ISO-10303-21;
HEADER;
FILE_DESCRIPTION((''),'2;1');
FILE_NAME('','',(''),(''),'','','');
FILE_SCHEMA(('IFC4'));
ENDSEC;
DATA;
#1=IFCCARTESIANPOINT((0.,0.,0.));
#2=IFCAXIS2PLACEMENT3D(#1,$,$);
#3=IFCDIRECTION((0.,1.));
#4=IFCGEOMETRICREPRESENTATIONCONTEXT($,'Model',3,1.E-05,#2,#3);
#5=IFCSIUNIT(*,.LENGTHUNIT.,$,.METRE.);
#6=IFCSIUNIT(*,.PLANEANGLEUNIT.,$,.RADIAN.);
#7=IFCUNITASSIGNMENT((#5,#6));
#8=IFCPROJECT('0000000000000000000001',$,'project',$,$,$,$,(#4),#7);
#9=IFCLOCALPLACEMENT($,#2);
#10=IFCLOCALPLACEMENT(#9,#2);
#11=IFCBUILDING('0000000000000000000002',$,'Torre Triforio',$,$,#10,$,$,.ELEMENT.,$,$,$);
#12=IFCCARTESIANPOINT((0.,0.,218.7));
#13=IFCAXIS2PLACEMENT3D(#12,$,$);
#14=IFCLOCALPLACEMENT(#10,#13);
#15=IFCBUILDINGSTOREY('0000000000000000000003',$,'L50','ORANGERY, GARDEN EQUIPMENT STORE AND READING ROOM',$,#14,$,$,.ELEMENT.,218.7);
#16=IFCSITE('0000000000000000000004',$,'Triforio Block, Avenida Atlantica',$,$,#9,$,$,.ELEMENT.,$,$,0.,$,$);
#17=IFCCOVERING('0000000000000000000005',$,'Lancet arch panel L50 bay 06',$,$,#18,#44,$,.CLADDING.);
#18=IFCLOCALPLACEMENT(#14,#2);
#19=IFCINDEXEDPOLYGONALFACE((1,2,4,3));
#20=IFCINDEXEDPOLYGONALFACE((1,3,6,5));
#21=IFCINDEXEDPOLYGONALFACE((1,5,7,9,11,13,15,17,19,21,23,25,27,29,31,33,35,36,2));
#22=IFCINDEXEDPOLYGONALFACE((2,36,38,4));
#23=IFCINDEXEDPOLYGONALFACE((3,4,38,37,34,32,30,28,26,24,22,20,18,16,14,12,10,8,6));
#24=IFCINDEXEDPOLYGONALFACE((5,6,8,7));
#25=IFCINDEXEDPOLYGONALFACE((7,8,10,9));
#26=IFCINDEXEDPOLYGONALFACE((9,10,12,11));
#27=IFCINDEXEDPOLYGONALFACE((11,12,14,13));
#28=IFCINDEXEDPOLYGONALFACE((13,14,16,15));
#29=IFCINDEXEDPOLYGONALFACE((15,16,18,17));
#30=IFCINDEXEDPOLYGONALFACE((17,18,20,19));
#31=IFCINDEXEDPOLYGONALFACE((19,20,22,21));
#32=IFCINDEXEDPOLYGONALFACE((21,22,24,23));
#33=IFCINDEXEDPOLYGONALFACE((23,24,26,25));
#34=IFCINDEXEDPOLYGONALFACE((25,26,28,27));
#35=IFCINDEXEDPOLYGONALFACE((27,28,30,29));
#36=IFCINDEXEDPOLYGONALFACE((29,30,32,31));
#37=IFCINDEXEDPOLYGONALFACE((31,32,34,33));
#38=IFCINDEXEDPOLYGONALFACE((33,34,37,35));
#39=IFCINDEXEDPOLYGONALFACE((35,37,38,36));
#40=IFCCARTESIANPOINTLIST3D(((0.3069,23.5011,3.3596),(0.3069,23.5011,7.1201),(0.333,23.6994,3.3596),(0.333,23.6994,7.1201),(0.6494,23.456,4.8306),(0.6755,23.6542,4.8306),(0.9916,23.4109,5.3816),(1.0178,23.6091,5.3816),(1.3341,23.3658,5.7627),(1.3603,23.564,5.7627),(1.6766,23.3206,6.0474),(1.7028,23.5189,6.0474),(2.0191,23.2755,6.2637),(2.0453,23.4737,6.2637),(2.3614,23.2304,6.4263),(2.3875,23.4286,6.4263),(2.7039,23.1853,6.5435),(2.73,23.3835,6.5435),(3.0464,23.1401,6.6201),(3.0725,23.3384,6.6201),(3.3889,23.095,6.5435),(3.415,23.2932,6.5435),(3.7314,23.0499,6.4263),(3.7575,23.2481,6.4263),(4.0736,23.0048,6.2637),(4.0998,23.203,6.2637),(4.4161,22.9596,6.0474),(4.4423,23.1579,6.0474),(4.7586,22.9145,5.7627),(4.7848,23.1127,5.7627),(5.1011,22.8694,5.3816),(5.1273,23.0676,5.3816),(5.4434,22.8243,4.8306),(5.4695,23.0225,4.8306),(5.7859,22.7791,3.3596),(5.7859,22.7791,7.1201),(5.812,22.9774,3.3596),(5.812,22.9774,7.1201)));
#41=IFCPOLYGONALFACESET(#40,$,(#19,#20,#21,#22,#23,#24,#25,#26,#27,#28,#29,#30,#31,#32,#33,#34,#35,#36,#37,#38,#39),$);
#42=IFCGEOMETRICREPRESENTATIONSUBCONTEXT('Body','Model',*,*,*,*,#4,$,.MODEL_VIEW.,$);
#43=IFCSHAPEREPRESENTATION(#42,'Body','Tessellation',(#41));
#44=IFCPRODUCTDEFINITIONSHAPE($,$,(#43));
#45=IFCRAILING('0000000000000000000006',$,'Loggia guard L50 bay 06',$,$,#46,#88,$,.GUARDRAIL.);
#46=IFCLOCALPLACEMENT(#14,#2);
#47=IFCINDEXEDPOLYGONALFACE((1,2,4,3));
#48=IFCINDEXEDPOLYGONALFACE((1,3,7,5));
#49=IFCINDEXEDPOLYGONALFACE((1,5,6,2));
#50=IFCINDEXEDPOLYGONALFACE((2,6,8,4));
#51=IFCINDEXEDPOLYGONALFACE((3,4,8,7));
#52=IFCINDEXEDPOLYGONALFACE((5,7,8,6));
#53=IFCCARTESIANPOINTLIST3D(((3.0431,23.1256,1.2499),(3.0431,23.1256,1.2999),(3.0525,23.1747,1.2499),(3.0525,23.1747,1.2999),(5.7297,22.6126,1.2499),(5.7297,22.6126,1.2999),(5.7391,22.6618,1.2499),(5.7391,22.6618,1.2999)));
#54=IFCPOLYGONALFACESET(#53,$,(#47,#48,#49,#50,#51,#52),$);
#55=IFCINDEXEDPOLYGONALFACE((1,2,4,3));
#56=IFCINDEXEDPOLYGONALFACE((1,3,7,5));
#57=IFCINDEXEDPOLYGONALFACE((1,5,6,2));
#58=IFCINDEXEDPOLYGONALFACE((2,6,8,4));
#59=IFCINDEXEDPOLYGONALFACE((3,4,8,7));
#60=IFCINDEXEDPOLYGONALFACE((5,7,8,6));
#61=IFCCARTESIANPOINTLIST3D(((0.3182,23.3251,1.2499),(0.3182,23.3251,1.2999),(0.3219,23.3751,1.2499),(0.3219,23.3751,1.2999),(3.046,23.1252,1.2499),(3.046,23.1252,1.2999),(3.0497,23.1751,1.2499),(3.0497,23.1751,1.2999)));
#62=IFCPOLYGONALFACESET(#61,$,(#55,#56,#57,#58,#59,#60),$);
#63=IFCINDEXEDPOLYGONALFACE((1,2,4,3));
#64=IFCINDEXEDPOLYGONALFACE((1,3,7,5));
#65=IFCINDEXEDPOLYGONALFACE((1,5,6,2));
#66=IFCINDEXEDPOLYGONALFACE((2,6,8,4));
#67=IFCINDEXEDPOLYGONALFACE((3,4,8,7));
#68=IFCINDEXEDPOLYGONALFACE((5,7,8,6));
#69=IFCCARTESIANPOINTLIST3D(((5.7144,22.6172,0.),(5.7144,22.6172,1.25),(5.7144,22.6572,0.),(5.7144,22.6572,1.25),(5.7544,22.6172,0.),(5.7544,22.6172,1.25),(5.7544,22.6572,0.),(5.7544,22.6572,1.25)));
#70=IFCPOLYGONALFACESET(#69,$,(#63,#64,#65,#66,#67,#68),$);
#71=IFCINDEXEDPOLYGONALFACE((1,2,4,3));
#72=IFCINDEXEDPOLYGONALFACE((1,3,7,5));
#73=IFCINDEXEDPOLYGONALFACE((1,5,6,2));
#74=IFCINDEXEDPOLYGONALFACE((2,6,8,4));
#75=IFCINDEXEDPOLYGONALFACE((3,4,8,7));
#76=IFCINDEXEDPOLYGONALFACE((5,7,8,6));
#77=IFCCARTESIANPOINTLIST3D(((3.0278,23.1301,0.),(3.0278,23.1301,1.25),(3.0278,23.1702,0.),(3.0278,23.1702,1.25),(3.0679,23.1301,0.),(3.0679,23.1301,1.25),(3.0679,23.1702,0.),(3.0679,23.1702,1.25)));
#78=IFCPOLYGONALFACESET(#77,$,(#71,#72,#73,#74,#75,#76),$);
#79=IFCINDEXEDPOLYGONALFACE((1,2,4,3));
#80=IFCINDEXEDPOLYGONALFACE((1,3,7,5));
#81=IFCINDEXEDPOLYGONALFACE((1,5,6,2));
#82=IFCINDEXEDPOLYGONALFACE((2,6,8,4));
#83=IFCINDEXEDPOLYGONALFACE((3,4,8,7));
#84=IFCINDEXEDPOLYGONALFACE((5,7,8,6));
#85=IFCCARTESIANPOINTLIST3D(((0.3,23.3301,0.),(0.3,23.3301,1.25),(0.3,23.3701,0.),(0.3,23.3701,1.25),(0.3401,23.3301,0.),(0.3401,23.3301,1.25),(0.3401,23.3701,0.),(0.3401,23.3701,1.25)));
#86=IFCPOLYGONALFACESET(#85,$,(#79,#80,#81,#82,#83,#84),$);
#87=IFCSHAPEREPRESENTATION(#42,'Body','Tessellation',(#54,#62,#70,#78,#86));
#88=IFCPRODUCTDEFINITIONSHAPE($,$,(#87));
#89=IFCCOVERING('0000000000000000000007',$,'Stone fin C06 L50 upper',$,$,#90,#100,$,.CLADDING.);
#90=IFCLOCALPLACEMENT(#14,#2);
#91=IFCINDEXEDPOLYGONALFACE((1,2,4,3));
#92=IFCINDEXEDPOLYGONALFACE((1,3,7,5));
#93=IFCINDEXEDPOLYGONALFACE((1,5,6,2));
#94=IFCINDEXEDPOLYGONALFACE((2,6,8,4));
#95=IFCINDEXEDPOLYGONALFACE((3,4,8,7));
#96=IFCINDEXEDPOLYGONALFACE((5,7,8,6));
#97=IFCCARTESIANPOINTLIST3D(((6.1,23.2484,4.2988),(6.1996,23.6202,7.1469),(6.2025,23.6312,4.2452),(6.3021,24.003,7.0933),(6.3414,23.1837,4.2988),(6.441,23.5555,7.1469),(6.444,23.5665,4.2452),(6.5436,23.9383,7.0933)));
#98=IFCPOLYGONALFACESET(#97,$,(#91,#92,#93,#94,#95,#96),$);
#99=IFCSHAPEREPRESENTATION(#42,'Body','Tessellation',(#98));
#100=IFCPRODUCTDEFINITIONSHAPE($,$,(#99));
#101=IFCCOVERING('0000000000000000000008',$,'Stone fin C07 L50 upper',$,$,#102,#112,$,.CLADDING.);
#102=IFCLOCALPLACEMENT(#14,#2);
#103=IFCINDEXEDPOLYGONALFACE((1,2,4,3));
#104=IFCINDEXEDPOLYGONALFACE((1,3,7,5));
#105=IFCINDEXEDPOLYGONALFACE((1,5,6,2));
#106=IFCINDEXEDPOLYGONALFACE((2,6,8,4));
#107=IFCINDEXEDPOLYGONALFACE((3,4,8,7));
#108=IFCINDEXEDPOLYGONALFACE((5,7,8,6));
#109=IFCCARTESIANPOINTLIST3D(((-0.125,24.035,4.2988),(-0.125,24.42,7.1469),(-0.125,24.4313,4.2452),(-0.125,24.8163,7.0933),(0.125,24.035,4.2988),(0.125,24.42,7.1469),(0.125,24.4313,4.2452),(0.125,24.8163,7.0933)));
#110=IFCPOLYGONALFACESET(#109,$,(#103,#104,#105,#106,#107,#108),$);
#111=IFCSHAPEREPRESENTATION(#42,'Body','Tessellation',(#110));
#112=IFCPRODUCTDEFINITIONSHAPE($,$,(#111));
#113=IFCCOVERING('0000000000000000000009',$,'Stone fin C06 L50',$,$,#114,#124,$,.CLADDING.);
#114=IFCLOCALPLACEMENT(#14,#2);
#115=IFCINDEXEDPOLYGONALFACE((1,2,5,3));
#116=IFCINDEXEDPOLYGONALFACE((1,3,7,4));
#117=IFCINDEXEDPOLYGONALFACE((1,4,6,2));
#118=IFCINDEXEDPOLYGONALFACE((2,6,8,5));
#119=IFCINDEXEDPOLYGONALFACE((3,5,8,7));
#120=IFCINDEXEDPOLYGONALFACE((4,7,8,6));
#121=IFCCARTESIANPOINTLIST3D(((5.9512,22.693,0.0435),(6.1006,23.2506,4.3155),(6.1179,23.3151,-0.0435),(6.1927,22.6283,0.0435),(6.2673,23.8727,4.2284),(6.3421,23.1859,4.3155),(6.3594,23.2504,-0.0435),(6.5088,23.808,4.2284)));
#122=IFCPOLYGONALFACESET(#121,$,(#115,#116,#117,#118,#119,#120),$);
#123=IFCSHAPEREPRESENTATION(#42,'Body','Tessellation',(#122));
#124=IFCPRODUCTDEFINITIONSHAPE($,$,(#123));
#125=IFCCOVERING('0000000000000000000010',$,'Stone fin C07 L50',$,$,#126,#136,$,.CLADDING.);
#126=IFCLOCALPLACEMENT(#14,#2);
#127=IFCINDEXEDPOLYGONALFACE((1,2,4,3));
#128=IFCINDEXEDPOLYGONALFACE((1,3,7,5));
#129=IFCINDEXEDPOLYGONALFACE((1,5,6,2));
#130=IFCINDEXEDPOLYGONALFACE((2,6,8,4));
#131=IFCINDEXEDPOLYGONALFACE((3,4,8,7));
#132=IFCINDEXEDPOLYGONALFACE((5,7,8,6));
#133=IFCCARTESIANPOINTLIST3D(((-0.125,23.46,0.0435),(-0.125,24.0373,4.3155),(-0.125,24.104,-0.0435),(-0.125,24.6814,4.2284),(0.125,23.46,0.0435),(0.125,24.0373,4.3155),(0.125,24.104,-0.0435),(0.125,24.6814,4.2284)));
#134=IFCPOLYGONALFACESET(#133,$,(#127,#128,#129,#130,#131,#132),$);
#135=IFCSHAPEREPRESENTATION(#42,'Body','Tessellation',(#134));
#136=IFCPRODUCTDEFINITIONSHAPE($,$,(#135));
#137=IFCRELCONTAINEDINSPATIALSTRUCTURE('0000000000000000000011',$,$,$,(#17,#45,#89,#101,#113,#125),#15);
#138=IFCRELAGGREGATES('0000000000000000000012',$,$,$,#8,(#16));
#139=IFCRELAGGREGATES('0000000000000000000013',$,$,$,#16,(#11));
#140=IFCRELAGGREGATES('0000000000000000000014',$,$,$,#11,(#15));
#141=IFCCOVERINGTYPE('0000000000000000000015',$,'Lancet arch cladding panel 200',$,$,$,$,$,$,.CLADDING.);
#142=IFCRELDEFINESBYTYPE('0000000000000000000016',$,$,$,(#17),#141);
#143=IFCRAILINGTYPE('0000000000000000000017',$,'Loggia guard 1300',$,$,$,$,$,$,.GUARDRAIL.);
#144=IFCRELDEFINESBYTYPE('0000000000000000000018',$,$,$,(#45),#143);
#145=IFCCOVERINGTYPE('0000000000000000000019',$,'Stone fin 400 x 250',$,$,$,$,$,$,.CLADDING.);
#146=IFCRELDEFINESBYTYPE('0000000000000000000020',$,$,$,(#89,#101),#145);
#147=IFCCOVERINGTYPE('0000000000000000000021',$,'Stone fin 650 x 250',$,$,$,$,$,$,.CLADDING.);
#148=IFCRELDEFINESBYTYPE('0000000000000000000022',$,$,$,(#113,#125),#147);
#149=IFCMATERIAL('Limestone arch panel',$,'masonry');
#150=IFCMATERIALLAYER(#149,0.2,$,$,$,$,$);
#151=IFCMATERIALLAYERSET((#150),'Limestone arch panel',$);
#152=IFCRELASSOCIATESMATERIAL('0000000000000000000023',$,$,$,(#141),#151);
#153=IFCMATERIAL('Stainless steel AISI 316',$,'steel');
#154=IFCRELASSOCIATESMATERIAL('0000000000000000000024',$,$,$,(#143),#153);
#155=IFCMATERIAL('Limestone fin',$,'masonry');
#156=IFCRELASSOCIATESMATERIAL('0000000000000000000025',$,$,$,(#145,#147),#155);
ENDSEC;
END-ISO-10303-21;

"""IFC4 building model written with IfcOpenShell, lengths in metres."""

from ifc_helpers import new_model, si_unit, direction, frame, origin, origin_2d, place, context, subcontext, project, spatial, polyline, rectangle, outline, extrude, material, layer, layer_set, material_profile, profile_set, type_object, element, save


model = new_model("IFC4")

# Units and contexts
model_context = context("Model", 3, precision=1e-05, world=origin(), true_north=direction((0.0, 1.0)))
body_context = subcontext(model_context, "Body", "Model", "MODEL_VIEW")
ifc_project = project(units=[si_unit("LENGTHUNIT", "METRE"), si_unit("PLANEANGLEUNIT", "RADIAN")], contexts=[model_context])

# Site, building, storey
site_placement = place(None, origin())
site = spatial("IfcSite", under=ifc_project, at=site_placement, Name="Triforio Block, Avenida Atlantica", CompositionType="ELEMENT", RefElevation=0.0)
building_placement = place(site_placement, origin())
building = spatial("IfcBuilding", under=site, at=building_placement, Name="Torre Triforio", CompositionType="ELEMENT")
storey_placement = place(building_placement, frame((0.0, 0.0, 218.7)))
storey = spatial("IfcBuildingStorey", under=building, at=storey_placement, Name="L50", Description="ORANGERY, GARDEN EQUIPMENT STORE AND READING ROOM", CompositionType="ELEMENT", Elevation=218.7)

# Covering
ifc_material_1 = material(Name="Limestone arch panel", Category="masonry")
ifc_layer_1 = layer(ifc_material_1, 0.2)
ifc_layer_set_1 = layer_set([ifc_layer_1], Name="Limestone arch panel")
covering_type_1 = type_object("IfcCoveringType", Name="Lancet arch cladding panel 200", PredefinedType="CLADDING", material=ifc_layer_set_1)
covering_placement = place(storey_placement, frame((3.0464, 23.1401, 0.0), z_axis=(0.130644, 0.991429, 0.0), x_axis=(-0.991429, 0.130644, 0.0)))
element("IfcCovering", 1, at=covering_placement, inside=storey, type_object=covering_type_1, Name="Lancet arch panel L50 bay 06", PredefinedType="CLADDING", context=body_context, shape_type="SweptSolid", body=[
    extrude(outline(polyline([(-2.7632, 7.1201), (-2.7632, 3.3596), (-2.4177, 4.8306), (-2.0725, 5.3816), (-1.7271, 5.7627), (-1.3816, 6.0474), (-1.0361, 6.2637), (-0.6909, 6.4263), (-0.3455, 6.5435), (0.0, 6.6201), (0.3455, 6.5435), (0.6909, 6.4263), (1.0361, 6.2637), (1.3816, 6.0474), (1.7271, 5.7627), (2.0725, 5.3816), (2.4177, 4.8306), (2.7632, 3.3596), (2.7632, 7.1201), (-2.7632, 7.1201)])), origin(), (0.0, 0.0, 1.0), 0.2),
])

# Railing
ifc_material_2 = material(Name="Stainless steel AISI 316", Category="steel")
railing_type = type_object("IfcRailingType", Name="Loggia guard 1300", PredefinedType="GUARDRAIL", material=ifc_material_2)
railing_placement = place(storey_placement, frame((5.7344, 22.6372, 0.0)))
element("IfcRailing", 2, at=railing_placement, inside=storey, type_object=railing_type, Name="Loggia guard L50 bay 06", PredefinedType="GUARDRAIL", context=body_context, shape_type="SweptSolid", body=[
    extrude(rectangle(XDim=0.05, YDim=0.05, at=origin_2d()), frame((0.0, 0.0, 1.2749), z_axis=(-0.982256, 0.187543, 0.0), x_axis=(-0.187543, -0.982256, 0.0)), (0.0, 0.0, 1.0), 2.7351),
    extrude(rectangle(XDim=0.05, YDim=0.05, at=origin_2d()), frame((-2.6865, 0.5129, 1.2749), z_axis=(-0.997324, 0.073106, 0.0), x_axis=(-0.073106, -0.997324, 0.0)), (0.0, 0.0, 1.0), 2.7351),
    extrude(rectangle(XDim=0.04, YDim=0.04, at=origin_2d()), origin(), (0.0, 0.0, 1.0), 1.25),
    extrude(rectangle(XDim=0.04, YDim=0.04, at=origin_2d()), frame((-2.6865, 0.5129, 0.0)), (0.0, 0.0, 1.0), 1.25),
    extrude(rectangle(XDim=0.04, YDim=0.04, at=origin_2d()), frame((-5.4143, 0.7129, 0.0)), (0.0, 0.0, 1.0), 1.25),
])

# Coverings
ifc_material_3 = material(Name="Limestone fin", Category="masonry")
ifc_material_profile_1 = material_profile(ifc_material_3, rectangle(XDim=0.3999, YDim=0.25, at=origin_2d()), Name="FIN 400x250")
ifc_profile_set_1 = profile_set([ifc_material_profile_1], Name="Limestone fin")
covering_type_2 = type_object("IfcCoveringType", Name="Stone fin 400 x 250", PredefinedType="CLADDING", material=ifc_profile_set_1)
for number, where, z_axis, x_axis, name in (
    (3, (6.272, 23.4075, 4.272), (0.034658, 0.129374, 0.99099), (-0.256436, -0.957236, 0.133936), "Stone fin C06 L50 upper"),
    (4, (0.0, 24.2332, 4.272), (0.0, 0.133961, 0.990987), (0.0, -0.990987, 0.133961), "Stone fin C07 L50 upper"),
):
    element("IfcCovering", number, at=place(storey_placement, frame(where, z_axis=z_axis, x_axis=x_axis)), inside=storey, type_object=covering_type_2, Name=name, PredefinedType="CLADDING", context=body_context, shape_type="SweptSolid", body=[
        extrude(rectangle(XDim=0.3999, YDim=0.25, at=origin_2d()), origin(), (0.0, 0.0, 1.0), 2.874),
    ])
ifc_material_profile_2 = material_profile(ifc_material_3, rectangle(XDim=0.6499, YDim=0.25, at=origin_2d()), Name="FIN 650x250")
ifc_profile_set_2 = profile_set([ifc_material_profile_2], Name="Limestone fin")
covering_type_3 = type_object("IfcCoveringType", Name="Stone fin 650 x 250", PredefinedType="CLADDING", material=ifc_profile_set_2)
for number, where, z_axis, x_axis, name in (
    (5, (6.1553, 22.9717, 0.0), (0.03466, 0.129353, 0.990993), (-0.256489, -0.957225, 0.133917), "Stone fin C06 L50"),
    (6, (0.0, 23.782, 0.0), (0.0, 0.13394, 0.990989), (0.0, -0.990989, 0.13394), "Stone fin C07 L50"),
):
    element("IfcCovering", number, at=place(storey_placement, frame(where, z_axis=z_axis, x_axis=x_axis)), inside=storey, type_object=covering_type_3, Name=name, PredefinedType="CLADDING", context=body_context, shape_type="SweptSolid", body=[
        extrude(rectangle(XDim=0.6499, YDim=0.25, at=origin_2d()), origin(), (0.0, 0.0, 1.0), 4.3108),
    ])

save(model, "model.ifc")
